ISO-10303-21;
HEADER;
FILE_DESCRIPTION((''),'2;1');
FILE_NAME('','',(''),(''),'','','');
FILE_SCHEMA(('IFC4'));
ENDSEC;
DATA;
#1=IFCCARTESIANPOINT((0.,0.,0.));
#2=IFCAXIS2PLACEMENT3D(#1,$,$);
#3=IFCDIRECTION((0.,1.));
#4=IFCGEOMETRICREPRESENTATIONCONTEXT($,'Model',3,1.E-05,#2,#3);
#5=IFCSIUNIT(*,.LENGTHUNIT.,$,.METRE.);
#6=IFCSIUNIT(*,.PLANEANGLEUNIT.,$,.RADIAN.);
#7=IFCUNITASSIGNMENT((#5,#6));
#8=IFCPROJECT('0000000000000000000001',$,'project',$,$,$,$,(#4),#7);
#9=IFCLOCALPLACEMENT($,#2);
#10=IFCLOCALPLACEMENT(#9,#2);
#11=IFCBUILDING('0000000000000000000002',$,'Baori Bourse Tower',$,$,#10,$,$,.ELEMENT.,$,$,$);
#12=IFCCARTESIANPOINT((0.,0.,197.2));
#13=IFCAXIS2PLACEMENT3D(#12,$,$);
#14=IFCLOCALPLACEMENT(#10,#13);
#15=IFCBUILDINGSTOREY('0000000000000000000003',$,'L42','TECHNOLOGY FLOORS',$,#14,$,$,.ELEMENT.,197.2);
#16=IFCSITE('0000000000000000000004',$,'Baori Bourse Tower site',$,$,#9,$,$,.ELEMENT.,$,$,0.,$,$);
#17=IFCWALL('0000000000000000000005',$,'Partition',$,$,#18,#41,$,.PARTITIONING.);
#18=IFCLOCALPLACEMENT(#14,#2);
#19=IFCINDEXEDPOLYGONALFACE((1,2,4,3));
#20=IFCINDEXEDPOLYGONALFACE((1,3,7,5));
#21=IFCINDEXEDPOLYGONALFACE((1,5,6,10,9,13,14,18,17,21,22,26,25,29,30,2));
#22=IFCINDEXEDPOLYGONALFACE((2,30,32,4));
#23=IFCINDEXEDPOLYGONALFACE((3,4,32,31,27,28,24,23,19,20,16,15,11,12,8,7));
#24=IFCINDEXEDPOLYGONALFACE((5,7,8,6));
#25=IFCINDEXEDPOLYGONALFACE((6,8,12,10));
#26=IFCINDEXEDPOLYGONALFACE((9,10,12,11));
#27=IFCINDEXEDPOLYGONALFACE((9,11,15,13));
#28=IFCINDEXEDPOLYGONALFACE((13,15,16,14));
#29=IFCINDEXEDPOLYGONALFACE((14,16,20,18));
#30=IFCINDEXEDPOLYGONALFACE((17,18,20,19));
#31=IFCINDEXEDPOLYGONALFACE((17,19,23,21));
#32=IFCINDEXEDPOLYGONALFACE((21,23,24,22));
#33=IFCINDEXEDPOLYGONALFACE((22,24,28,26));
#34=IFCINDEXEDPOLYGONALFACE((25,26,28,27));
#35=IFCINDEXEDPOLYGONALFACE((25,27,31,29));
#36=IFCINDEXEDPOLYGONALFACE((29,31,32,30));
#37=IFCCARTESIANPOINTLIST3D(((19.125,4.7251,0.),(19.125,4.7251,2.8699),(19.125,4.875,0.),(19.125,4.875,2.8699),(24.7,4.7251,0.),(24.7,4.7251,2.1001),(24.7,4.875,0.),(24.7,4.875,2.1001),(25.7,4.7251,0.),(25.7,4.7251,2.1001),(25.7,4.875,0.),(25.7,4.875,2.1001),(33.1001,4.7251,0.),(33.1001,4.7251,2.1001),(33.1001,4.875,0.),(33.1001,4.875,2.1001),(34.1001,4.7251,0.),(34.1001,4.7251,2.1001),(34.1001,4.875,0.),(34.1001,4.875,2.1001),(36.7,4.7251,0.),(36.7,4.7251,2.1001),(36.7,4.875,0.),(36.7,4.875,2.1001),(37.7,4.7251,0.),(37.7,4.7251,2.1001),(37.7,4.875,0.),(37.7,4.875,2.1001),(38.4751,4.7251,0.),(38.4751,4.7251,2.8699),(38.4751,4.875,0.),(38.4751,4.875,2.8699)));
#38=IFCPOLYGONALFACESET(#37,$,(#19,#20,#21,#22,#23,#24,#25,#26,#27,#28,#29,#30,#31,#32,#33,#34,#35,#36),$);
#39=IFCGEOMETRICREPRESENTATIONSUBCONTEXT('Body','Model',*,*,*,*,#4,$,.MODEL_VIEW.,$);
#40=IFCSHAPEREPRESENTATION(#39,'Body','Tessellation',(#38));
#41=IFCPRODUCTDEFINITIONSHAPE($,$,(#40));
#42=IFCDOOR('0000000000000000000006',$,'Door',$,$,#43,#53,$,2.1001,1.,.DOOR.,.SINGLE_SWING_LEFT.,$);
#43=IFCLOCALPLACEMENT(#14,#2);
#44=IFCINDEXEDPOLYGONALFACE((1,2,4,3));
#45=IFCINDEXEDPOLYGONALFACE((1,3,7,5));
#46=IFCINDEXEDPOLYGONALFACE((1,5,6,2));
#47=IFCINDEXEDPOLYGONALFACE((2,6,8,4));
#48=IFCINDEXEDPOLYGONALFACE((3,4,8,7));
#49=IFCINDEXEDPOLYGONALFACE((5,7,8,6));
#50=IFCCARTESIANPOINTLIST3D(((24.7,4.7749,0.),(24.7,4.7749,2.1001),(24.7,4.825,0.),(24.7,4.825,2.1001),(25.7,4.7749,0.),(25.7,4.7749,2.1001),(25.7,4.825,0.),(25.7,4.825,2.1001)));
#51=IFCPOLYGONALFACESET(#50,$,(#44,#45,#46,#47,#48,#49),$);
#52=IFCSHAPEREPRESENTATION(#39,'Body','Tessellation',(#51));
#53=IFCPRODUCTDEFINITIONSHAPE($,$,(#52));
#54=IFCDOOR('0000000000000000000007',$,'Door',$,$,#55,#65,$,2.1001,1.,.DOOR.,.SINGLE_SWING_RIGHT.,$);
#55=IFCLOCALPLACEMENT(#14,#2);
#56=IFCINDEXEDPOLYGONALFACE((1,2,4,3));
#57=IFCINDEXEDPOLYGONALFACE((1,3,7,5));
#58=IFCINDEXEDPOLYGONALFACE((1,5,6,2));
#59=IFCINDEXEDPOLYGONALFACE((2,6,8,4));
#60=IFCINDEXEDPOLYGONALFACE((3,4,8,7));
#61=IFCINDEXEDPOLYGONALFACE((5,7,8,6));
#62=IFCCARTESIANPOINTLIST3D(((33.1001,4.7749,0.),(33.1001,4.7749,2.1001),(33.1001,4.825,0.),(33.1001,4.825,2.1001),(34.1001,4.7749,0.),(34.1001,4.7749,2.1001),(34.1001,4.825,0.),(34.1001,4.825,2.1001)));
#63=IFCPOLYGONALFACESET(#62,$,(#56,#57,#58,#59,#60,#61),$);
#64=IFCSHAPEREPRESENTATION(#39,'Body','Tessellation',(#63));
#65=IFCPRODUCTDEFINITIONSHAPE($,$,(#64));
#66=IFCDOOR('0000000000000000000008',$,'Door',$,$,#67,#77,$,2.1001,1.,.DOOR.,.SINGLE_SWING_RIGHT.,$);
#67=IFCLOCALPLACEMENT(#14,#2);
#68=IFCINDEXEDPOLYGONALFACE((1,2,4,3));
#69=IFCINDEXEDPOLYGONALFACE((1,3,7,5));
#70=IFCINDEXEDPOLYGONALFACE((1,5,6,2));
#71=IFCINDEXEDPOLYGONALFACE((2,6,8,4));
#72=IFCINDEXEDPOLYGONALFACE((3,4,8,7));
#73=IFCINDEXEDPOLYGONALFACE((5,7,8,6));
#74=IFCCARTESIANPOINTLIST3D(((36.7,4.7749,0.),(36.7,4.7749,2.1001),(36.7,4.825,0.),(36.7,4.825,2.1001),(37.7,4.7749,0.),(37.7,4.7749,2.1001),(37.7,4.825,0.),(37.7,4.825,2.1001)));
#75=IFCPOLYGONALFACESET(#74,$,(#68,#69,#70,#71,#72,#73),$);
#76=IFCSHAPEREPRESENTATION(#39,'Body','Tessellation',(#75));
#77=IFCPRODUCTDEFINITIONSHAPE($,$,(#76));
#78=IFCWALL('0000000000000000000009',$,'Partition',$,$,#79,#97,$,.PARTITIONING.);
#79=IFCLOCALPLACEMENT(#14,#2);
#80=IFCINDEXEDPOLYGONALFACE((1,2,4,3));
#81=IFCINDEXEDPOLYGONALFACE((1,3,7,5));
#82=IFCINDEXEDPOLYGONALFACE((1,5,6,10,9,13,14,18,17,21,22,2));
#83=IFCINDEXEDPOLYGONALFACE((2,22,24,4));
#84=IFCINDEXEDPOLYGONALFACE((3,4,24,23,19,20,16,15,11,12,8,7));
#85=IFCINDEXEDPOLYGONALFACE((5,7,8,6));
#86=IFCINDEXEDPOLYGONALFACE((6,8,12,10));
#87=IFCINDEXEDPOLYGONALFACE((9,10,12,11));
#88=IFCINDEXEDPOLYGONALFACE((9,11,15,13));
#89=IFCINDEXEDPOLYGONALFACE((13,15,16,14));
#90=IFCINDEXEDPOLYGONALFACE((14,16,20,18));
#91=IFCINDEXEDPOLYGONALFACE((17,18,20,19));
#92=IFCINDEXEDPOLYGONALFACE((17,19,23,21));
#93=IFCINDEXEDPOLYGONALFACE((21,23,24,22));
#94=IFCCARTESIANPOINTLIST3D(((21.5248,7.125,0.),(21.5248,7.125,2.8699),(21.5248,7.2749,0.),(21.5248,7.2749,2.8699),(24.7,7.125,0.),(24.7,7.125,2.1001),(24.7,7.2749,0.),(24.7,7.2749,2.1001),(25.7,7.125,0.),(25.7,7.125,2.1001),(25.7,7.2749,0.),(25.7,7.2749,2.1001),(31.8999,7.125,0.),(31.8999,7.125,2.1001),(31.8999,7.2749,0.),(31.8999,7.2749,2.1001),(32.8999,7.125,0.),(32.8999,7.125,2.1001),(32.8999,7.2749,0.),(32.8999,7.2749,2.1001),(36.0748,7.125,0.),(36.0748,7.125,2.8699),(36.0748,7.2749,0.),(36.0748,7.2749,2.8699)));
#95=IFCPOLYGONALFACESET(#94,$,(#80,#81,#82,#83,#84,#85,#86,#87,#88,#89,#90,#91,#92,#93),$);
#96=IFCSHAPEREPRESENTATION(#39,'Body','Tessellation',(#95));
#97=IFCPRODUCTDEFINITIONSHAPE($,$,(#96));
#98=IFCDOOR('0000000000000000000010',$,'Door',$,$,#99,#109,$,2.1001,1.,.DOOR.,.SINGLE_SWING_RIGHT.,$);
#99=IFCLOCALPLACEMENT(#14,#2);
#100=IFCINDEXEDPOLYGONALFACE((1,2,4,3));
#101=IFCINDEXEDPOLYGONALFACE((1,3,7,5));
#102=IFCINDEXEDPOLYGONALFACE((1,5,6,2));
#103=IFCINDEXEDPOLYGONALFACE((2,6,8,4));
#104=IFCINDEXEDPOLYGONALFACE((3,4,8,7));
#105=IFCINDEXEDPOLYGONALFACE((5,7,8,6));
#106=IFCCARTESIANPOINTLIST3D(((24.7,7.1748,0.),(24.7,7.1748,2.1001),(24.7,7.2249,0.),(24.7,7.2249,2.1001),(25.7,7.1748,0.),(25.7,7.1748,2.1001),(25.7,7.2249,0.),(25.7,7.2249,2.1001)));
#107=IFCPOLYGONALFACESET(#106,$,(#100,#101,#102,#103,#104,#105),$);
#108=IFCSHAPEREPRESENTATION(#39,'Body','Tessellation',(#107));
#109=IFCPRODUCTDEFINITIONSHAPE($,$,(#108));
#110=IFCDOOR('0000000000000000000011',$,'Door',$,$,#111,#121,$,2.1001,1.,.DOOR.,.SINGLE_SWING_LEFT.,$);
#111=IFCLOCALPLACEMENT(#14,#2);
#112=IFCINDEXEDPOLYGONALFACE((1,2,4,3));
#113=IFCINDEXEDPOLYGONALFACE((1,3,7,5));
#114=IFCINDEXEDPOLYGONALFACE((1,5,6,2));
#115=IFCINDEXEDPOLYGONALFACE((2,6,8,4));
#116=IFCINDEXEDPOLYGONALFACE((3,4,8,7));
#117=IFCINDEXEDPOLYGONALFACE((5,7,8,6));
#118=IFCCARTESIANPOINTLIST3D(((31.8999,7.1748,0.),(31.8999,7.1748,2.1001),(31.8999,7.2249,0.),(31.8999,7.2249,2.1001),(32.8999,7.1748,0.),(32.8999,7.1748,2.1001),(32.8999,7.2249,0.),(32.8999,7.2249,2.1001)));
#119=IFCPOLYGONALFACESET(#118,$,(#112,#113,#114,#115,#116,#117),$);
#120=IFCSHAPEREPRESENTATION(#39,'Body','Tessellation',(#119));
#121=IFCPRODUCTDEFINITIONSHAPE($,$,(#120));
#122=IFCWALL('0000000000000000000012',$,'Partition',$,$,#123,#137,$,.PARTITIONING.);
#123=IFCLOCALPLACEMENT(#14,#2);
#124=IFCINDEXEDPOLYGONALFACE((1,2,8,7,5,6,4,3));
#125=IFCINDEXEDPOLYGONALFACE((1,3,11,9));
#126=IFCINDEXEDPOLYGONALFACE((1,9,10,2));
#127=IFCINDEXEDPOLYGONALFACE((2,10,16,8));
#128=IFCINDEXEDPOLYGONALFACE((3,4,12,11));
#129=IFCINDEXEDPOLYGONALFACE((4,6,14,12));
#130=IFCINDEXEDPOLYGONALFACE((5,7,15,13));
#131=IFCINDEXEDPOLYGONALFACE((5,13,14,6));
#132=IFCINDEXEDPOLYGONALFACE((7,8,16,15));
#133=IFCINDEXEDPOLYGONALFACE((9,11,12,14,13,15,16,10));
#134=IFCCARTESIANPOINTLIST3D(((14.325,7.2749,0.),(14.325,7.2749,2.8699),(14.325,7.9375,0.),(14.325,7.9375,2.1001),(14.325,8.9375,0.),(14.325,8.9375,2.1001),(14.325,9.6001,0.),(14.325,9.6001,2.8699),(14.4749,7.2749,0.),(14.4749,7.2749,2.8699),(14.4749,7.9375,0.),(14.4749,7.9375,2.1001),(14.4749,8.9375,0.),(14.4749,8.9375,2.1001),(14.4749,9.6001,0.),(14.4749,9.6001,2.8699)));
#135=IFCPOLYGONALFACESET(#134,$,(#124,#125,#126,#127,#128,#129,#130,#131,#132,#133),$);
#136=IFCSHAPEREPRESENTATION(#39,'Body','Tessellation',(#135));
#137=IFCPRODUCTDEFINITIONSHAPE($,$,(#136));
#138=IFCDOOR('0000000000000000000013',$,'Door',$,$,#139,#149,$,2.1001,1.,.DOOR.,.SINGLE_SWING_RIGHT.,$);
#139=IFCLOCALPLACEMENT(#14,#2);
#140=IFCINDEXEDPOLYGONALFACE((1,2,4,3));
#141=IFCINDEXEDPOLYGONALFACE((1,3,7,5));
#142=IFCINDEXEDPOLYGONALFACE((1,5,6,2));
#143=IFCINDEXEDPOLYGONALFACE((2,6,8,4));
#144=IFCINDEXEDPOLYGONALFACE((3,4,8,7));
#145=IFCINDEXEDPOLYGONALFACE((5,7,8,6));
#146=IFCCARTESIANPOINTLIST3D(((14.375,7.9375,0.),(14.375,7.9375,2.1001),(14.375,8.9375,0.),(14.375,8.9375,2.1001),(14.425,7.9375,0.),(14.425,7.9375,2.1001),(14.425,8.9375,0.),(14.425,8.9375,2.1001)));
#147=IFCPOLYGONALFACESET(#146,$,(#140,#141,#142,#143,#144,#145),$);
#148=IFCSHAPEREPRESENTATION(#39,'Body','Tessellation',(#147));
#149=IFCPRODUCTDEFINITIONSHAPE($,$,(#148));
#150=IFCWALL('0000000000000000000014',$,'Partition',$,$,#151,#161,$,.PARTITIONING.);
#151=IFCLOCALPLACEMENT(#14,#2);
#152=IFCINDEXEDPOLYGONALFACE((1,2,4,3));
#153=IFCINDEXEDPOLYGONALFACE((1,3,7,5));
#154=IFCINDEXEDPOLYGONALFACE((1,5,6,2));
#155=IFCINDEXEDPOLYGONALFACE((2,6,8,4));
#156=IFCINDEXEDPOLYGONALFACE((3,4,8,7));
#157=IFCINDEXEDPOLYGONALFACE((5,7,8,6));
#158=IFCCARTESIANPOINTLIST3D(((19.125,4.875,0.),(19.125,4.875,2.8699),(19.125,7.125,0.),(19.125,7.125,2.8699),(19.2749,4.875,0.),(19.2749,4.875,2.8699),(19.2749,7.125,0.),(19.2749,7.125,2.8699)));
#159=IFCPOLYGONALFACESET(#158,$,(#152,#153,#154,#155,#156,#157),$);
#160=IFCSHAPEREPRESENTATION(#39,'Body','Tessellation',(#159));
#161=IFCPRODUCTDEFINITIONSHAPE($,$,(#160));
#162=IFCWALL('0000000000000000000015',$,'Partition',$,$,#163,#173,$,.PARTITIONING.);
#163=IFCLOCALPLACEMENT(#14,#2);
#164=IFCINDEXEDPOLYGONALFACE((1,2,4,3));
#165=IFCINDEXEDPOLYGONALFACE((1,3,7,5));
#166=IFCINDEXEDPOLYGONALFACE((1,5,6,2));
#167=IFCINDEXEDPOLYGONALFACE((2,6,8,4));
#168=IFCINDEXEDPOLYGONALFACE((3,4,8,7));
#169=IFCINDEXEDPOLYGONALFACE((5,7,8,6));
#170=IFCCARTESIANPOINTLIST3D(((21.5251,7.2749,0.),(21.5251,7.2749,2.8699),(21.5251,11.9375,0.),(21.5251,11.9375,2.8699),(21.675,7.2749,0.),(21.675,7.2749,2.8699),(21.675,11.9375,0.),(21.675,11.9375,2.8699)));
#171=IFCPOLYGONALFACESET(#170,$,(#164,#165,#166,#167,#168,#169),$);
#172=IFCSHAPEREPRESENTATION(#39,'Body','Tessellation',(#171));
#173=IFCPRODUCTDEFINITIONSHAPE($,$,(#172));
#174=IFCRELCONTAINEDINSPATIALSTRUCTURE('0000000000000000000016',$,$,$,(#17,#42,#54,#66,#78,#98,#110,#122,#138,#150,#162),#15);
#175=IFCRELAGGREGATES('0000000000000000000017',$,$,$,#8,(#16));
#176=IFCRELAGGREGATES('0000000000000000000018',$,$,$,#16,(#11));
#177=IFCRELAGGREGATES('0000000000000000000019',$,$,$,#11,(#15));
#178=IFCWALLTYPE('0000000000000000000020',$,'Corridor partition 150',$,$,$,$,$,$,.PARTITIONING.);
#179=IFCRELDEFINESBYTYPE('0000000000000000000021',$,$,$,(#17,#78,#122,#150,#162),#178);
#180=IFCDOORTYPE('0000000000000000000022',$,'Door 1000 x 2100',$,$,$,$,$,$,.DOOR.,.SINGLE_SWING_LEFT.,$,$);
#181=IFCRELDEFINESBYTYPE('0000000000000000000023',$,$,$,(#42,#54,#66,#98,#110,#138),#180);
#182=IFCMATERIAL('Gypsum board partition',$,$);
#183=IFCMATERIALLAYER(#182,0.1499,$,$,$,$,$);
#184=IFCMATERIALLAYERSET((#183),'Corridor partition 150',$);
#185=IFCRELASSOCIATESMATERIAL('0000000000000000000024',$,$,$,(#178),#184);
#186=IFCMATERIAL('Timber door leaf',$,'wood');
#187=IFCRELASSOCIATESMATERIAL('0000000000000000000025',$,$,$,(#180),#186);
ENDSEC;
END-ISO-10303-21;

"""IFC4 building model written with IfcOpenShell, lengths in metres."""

from ifc_helpers import new_model, si_unit, direction, frame, frame_2d, origin, place, context, subcontext, project, spatial, rectangle, extrude, material, layer, layer_set, type_object, element, fill, save


model = new_model("IFC4")

# Units and contexts
model_context = context("Model", 3, precision=1e-05, world=origin(), true_north=direction((0.0, 1.0)))
body_context = subcontext(model_context, "Body", "Model", "MODEL_VIEW")
ifc_project = project(units=[si_unit("LENGTHUNIT", "METRE"), si_unit("PLANEANGLEUNIT", "RADIAN")], contexts=[model_context])

# Site, building, storey
site_placement = place(None, origin())
site = spatial("IfcSite", under=ifc_project, at=site_placement, Name="Baori Bourse Tower site", CompositionType="ELEMENT", RefElevation=0.0)
building_placement = place(site_placement, origin())
building = spatial("IfcBuilding", under=site, at=building_placement, Name="Baori Bourse Tower", CompositionType="ELEMENT")
storey_placement = place(building_placement, frame((0.0, 0.0, 197.2)))
storey = spatial("IfcBuildingStorey", under=building, at=storey_placement, Name="L42", Description="TECHNOLOGY FLOORS", CompositionType="ELEMENT", Elevation=197.2)

# Walls, openings, doors
ifc_material_1 = material(Name="Gypsum board partition")
ifc_layer_1 = layer(ifc_material_1, 0.1499)
ifc_layer_set_1 = layer_set([ifc_layer_1], Name="Corridor partition 150")
wall_type_1 = type_object("IfcWallType", Name="Corridor partition 150", PredefinedType="PARTITIONING", material=ifc_layer_set_1)
wall_1_placement = place(storey_placement, frame((19.125, 4.8, 0.0), z_axis=(0.0, 0.0, 1.0), x_axis=(1.0, 0.0, 0.0)))
wall_1 = element("IfcWall", 1, at=wall_1_placement, inside=storey, type_object=wall_type_1, Name="Partition", PredefinedType="PARTITIONING", context=body_context, shape_type="SweptSolid", body=[
    extrude(rectangle(XDim=19.3501, YDim=0.1499, at=frame_2d((9.675, 0.0))), origin(), (0.0, 0.0, 1.0), 2.8699),
])
opening_1_placement = place(wall_1_placement, frame((5.575, 0.0, 0.0)))
opening_1 = element("IfcOpeningElement", 2, at=opening_1_placement, cuts=wall_1, PredefinedType="OPENING", context=body_context, shape_type="SweptSolid", body=[
    extrude(rectangle(XDim=1.0, YDim=2.1001, at=frame_2d((0.5, 1.05))), frame((0.0, 0.085, 0.0), z_axis=(0.0, -1.0, 0.0), x_axis=(1.0, 0.0, 0.0)), (0.0, 0.0, 1.0), 0.1699),
])
opening_2_placement = place(wall_1_placement, frame((13.9751, 0.0, 0.0)))
opening_2 = element("IfcOpeningElement", 3, at=opening_2_placement, cuts=wall_1, PredefinedType="OPENING", context=body_context, shape_type="SweptSolid", body=[
    extrude(rectangle(XDim=1.0, YDim=2.1001, at=frame_2d((0.5, 1.05))), frame((0.0, 0.085, 0.0), z_axis=(0.0, -1.0, 0.0), x_axis=(1.0, 0.0, 0.0)), (0.0, 0.0, 1.0), 0.1699),
])
opening_3_placement = place(wall_1_placement, frame((17.575, 0.0, 0.0)))
opening_3 = element("IfcOpeningElement", 4, at=opening_3_placement, cuts=wall_1, PredefinedType="OPENING", context=body_context, shape_type="SweptSolid", body=[
    extrude(rectangle(XDim=1.0, YDim=2.1001, at=frame_2d((0.5, 1.05))), frame((0.0, 0.085, 0.0), z_axis=(0.0, -1.0, 0.0), x_axis=(1.0, 0.0, 0.0)), (0.0, 0.0, 1.0), 0.1699),
])
ifc_material_2 = material(Name="Timber door leaf", Category="wood")
door_type_1 = type_object("IfcDoorType", Name="Door 1000 x 2100", OperationType="SINGLE_SWING_LEFT", PredefinedType="DOOR", material=ifc_material_2)
door_1_placement = place(opening_1_placement, origin())
door_1 = element("IfcDoor", 5, at=door_1_placement, inside=storey, type_object=door_type_1, Name="Door", OperationType="SINGLE_SWING_LEFT", OverallHeight=2.1001, OverallWidth=1.0, PredefinedType="DOOR", context=body_context, shape_type="SweptSolid", body=[
    extrude(rectangle(XDim=1.0, YDim=2.1001, at=frame_2d((0.5, 1.05))), frame((0.0, 0.0249, 0.0), z_axis=(0.0, -1.0, 0.0), x_axis=(1.0, 0.0, 0.0)), (0.0, 0.0, 1.0), 0.05),
])
fill(opening_1, door_1)
door_2_placement = place(opening_2_placement, origin())
door_2 = element("IfcDoor", 6, at=door_2_placement, inside=storey, type_object=door_type_1, Name="Door", OperationType="SINGLE_SWING_RIGHT", OverallHeight=2.1001, OverallWidth=1.0, PredefinedType="DOOR", context=body_context, shape_type="SweptSolid", body=[
    extrude(rectangle(XDim=1.0, YDim=2.1001, at=frame_2d((0.5, 1.05))), frame((0.0, 0.0249, 0.0), z_axis=(0.0, -1.0, 0.0), x_axis=(1.0, 0.0, 0.0)), (0.0, 0.0, 1.0), 0.05),
])
fill(opening_2, door_2)
door_3_placement = place(opening_3_placement, origin())
door_3 = element("IfcDoor", 7, at=door_3_placement, inside=storey, type_object=door_type_1, Name="Door", OperationType="SINGLE_SWING_RIGHT", OverallHeight=2.1001, OverallWidth=1.0, PredefinedType="DOOR", context=body_context, shape_type="SweptSolid", body=[
    extrude(rectangle(XDim=1.0, YDim=2.1001, at=frame_2d((0.5, 1.05))), frame((0.0, 0.0249, 0.0), z_axis=(0.0, -1.0, 0.0), x_axis=(1.0, 0.0, 0.0)), (0.0, 0.0, 1.0), 0.05),
])
fill(opening_3, door_3)
wall_2_placement = place(storey_placement, frame((21.5249, 7.2, 0.0), z_axis=(0.0, 0.0, 1.0), x_axis=(1.0, 0.0, 0.0)))
wall_2 = element("IfcWall", 8, at=wall_2_placement, inside=storey, type_object=wall_type_1, Name="Partition", PredefinedType="PARTITIONING", context=body_context, shape_type="SweptSolid", body=[
    extrude(rectangle(XDim=14.55, YDim=0.1499, at=frame_2d((7.2749, 0.0))), origin(), (0.0, 0.0, 1.0), 2.8699),
])
opening_4_placement = place(wall_2_placement, frame((3.175, 0.0, 0.0)))
opening_4 = element("IfcOpeningElement", 9, at=opening_4_placement, cuts=wall_2, PredefinedType="OPENING", context=body_context, shape_type="SweptSolid", body=[
    extrude(rectangle(XDim=1.0, YDim=2.1001, at=frame_2d((0.5, 1.05))), frame((0.0, 0.085, 0.0), z_axis=(0.0, -1.0, 0.0), x_axis=(1.0, 0.0, 0.0)), (0.0, 0.0, 1.0), 0.1699),
])
opening_5_placement = place(wall_2_placement, frame((10.375, 0.0, 0.0)))
opening_5 = element("IfcOpeningElement", 10, at=opening_5_placement, cuts=wall_2, PredefinedType="OPENING", context=body_context, shape_type="SweptSolid", body=[
    extrude(rectangle(XDim=1.0, YDim=2.1001, at=frame_2d((0.5, 1.05))), frame((0.0, 0.085, 0.0), z_axis=(0.0, -1.0, 0.0), x_axis=(1.0, 0.0, 0.0)), (0.0, 0.0, 1.0), 0.1699),
])
door_4_placement = place(opening_4_placement, origin())
door_4 = element("IfcDoor", 11, at=door_4_placement, inside=storey, type_object=door_type_1, Name="Door", OperationType="SINGLE_SWING_RIGHT", OverallHeight=2.1001, OverallWidth=1.0, PredefinedType="DOOR", context=body_context, shape_type="SweptSolid", body=[
    extrude(rectangle(XDim=1.0, YDim=2.1001, at=frame_2d((0.5, 1.05))), frame((0.0, 0.0249, 0.0), z_axis=(0.0, -1.0, 0.0), x_axis=(1.0, 0.0, 0.0)), (0.0, 0.0, 1.0), 0.05),
])
fill(opening_4, door_4)
door_5_placement = place(opening_5_placement, origin())
door_5 = element("IfcDoor", 12, at=door_5_placement, inside=storey, type_object=door_type_1, Name="Door", OperationType="SINGLE_SWING_LEFT", OverallHeight=2.1001, OverallWidth=1.0, PredefinedType="DOOR", context=body_context, shape_type="SweptSolid", body=[
    extrude(rectangle(XDim=1.0, YDim=2.1001, at=frame_2d((0.5, 1.05))), frame((0.0, 0.0249, 0.0), z_axis=(0.0, -1.0, 0.0), x_axis=(1.0, 0.0, 0.0)), (0.0, 0.0, 1.0), 0.05),
])
fill(opening_5, door_5)

# Wall, opening, door
wall_3_placement = place(storey_placement, frame((14.3999, 7.2749, 0.0), z_axis=(0.0, 0.0, 1.0), x_axis=(0.0, 1.0, 0.0)))
wall_3 = element("IfcWall", 13, at=wall_3_placement, inside=storey, type_object=wall_type_1, Name="Partition", PredefinedType="PARTITIONING", context=body_context, shape_type="SweptSolid", body=[
    extrude(rectangle(XDim=2.3252, YDim=0.1499, at=frame_2d((1.1626, 0.0))), origin(), (0.0, 0.0, 1.0), 2.8699),
])
opening_6_placement = place(wall_3_placement, frame((0.6626, 0.0, 0.0)))
opening_6 = element("IfcOpeningElement", 14, at=opening_6_placement, cuts=wall_3, PredefinedType="OPENING", context=body_context, shape_type="SweptSolid", body=[
    extrude(rectangle(XDim=1.0, YDim=2.1001, at=frame_2d((0.5, 1.05))), frame((0.0, 0.085, 0.0), z_axis=(0.0, -1.0, 0.0), x_axis=(1.0, 0.0, 0.0)), (0.0, 0.0, 1.0), 0.1699),
])
door_6_placement = place(opening_6_placement, origin())
door_6 = element("IfcDoor", 15, at=door_6_placement, inside=storey, type_object=door_type_1, Name="Door", OperationType="SINGLE_SWING_RIGHT", OverallHeight=2.1001, OverallWidth=1.0, PredefinedType="DOOR", context=body_context, shape_type="SweptSolid", body=[
    extrude(rectangle(XDim=1.0, YDim=2.1001, at=frame_2d((0.5, 1.05))), frame((0.0, 0.0249, 0.0), z_axis=(0.0, -1.0, 0.0), x_axis=(1.0, 0.0, 0.0)), (0.0, 0.0, 1.0), 0.05),
])
fill(opening_6, door_6)

# Walls
wall_4_placement = place(storey_placement, frame((19.2, 4.875, 0.0), z_axis=(0.0, 0.0, 1.0), x_axis=(0.0, 1.0, 0.0)))
element("IfcWall", 16, at=wall_4_placement, inside=storey, type_object=wall_type_1, Name="Partition", PredefinedType="PARTITIONING", context=body_context, shape_type="SweptSolid", body=[
    extrude(rectangle(XDim=2.25, YDim=0.1499, at=frame_2d((1.125, 0.0))), origin(), (0.0, 0.0, 1.0), 2.8699),
])
wall_5_placement = place(storey_placement, frame((21.6001, 7.2749, 0.0), z_axis=(0.0, 0.0, 1.0), x_axis=(0.0, 1.0, 0.0)))
element("IfcWall", 17, at=wall_5_placement, inside=storey, type_object=wall_type_1, Name="Partition", PredefinedType="PARTITIONING", context=body_context, shape_type="SweptSolid", body=[
    extrude(rectangle(XDim=4.6626, YDim=0.1499, at=frame_2d((2.3313, 0.0))), origin(), (0.0, 0.0, 1.0), 2.8699),
])

save(model, "model.ifc")
